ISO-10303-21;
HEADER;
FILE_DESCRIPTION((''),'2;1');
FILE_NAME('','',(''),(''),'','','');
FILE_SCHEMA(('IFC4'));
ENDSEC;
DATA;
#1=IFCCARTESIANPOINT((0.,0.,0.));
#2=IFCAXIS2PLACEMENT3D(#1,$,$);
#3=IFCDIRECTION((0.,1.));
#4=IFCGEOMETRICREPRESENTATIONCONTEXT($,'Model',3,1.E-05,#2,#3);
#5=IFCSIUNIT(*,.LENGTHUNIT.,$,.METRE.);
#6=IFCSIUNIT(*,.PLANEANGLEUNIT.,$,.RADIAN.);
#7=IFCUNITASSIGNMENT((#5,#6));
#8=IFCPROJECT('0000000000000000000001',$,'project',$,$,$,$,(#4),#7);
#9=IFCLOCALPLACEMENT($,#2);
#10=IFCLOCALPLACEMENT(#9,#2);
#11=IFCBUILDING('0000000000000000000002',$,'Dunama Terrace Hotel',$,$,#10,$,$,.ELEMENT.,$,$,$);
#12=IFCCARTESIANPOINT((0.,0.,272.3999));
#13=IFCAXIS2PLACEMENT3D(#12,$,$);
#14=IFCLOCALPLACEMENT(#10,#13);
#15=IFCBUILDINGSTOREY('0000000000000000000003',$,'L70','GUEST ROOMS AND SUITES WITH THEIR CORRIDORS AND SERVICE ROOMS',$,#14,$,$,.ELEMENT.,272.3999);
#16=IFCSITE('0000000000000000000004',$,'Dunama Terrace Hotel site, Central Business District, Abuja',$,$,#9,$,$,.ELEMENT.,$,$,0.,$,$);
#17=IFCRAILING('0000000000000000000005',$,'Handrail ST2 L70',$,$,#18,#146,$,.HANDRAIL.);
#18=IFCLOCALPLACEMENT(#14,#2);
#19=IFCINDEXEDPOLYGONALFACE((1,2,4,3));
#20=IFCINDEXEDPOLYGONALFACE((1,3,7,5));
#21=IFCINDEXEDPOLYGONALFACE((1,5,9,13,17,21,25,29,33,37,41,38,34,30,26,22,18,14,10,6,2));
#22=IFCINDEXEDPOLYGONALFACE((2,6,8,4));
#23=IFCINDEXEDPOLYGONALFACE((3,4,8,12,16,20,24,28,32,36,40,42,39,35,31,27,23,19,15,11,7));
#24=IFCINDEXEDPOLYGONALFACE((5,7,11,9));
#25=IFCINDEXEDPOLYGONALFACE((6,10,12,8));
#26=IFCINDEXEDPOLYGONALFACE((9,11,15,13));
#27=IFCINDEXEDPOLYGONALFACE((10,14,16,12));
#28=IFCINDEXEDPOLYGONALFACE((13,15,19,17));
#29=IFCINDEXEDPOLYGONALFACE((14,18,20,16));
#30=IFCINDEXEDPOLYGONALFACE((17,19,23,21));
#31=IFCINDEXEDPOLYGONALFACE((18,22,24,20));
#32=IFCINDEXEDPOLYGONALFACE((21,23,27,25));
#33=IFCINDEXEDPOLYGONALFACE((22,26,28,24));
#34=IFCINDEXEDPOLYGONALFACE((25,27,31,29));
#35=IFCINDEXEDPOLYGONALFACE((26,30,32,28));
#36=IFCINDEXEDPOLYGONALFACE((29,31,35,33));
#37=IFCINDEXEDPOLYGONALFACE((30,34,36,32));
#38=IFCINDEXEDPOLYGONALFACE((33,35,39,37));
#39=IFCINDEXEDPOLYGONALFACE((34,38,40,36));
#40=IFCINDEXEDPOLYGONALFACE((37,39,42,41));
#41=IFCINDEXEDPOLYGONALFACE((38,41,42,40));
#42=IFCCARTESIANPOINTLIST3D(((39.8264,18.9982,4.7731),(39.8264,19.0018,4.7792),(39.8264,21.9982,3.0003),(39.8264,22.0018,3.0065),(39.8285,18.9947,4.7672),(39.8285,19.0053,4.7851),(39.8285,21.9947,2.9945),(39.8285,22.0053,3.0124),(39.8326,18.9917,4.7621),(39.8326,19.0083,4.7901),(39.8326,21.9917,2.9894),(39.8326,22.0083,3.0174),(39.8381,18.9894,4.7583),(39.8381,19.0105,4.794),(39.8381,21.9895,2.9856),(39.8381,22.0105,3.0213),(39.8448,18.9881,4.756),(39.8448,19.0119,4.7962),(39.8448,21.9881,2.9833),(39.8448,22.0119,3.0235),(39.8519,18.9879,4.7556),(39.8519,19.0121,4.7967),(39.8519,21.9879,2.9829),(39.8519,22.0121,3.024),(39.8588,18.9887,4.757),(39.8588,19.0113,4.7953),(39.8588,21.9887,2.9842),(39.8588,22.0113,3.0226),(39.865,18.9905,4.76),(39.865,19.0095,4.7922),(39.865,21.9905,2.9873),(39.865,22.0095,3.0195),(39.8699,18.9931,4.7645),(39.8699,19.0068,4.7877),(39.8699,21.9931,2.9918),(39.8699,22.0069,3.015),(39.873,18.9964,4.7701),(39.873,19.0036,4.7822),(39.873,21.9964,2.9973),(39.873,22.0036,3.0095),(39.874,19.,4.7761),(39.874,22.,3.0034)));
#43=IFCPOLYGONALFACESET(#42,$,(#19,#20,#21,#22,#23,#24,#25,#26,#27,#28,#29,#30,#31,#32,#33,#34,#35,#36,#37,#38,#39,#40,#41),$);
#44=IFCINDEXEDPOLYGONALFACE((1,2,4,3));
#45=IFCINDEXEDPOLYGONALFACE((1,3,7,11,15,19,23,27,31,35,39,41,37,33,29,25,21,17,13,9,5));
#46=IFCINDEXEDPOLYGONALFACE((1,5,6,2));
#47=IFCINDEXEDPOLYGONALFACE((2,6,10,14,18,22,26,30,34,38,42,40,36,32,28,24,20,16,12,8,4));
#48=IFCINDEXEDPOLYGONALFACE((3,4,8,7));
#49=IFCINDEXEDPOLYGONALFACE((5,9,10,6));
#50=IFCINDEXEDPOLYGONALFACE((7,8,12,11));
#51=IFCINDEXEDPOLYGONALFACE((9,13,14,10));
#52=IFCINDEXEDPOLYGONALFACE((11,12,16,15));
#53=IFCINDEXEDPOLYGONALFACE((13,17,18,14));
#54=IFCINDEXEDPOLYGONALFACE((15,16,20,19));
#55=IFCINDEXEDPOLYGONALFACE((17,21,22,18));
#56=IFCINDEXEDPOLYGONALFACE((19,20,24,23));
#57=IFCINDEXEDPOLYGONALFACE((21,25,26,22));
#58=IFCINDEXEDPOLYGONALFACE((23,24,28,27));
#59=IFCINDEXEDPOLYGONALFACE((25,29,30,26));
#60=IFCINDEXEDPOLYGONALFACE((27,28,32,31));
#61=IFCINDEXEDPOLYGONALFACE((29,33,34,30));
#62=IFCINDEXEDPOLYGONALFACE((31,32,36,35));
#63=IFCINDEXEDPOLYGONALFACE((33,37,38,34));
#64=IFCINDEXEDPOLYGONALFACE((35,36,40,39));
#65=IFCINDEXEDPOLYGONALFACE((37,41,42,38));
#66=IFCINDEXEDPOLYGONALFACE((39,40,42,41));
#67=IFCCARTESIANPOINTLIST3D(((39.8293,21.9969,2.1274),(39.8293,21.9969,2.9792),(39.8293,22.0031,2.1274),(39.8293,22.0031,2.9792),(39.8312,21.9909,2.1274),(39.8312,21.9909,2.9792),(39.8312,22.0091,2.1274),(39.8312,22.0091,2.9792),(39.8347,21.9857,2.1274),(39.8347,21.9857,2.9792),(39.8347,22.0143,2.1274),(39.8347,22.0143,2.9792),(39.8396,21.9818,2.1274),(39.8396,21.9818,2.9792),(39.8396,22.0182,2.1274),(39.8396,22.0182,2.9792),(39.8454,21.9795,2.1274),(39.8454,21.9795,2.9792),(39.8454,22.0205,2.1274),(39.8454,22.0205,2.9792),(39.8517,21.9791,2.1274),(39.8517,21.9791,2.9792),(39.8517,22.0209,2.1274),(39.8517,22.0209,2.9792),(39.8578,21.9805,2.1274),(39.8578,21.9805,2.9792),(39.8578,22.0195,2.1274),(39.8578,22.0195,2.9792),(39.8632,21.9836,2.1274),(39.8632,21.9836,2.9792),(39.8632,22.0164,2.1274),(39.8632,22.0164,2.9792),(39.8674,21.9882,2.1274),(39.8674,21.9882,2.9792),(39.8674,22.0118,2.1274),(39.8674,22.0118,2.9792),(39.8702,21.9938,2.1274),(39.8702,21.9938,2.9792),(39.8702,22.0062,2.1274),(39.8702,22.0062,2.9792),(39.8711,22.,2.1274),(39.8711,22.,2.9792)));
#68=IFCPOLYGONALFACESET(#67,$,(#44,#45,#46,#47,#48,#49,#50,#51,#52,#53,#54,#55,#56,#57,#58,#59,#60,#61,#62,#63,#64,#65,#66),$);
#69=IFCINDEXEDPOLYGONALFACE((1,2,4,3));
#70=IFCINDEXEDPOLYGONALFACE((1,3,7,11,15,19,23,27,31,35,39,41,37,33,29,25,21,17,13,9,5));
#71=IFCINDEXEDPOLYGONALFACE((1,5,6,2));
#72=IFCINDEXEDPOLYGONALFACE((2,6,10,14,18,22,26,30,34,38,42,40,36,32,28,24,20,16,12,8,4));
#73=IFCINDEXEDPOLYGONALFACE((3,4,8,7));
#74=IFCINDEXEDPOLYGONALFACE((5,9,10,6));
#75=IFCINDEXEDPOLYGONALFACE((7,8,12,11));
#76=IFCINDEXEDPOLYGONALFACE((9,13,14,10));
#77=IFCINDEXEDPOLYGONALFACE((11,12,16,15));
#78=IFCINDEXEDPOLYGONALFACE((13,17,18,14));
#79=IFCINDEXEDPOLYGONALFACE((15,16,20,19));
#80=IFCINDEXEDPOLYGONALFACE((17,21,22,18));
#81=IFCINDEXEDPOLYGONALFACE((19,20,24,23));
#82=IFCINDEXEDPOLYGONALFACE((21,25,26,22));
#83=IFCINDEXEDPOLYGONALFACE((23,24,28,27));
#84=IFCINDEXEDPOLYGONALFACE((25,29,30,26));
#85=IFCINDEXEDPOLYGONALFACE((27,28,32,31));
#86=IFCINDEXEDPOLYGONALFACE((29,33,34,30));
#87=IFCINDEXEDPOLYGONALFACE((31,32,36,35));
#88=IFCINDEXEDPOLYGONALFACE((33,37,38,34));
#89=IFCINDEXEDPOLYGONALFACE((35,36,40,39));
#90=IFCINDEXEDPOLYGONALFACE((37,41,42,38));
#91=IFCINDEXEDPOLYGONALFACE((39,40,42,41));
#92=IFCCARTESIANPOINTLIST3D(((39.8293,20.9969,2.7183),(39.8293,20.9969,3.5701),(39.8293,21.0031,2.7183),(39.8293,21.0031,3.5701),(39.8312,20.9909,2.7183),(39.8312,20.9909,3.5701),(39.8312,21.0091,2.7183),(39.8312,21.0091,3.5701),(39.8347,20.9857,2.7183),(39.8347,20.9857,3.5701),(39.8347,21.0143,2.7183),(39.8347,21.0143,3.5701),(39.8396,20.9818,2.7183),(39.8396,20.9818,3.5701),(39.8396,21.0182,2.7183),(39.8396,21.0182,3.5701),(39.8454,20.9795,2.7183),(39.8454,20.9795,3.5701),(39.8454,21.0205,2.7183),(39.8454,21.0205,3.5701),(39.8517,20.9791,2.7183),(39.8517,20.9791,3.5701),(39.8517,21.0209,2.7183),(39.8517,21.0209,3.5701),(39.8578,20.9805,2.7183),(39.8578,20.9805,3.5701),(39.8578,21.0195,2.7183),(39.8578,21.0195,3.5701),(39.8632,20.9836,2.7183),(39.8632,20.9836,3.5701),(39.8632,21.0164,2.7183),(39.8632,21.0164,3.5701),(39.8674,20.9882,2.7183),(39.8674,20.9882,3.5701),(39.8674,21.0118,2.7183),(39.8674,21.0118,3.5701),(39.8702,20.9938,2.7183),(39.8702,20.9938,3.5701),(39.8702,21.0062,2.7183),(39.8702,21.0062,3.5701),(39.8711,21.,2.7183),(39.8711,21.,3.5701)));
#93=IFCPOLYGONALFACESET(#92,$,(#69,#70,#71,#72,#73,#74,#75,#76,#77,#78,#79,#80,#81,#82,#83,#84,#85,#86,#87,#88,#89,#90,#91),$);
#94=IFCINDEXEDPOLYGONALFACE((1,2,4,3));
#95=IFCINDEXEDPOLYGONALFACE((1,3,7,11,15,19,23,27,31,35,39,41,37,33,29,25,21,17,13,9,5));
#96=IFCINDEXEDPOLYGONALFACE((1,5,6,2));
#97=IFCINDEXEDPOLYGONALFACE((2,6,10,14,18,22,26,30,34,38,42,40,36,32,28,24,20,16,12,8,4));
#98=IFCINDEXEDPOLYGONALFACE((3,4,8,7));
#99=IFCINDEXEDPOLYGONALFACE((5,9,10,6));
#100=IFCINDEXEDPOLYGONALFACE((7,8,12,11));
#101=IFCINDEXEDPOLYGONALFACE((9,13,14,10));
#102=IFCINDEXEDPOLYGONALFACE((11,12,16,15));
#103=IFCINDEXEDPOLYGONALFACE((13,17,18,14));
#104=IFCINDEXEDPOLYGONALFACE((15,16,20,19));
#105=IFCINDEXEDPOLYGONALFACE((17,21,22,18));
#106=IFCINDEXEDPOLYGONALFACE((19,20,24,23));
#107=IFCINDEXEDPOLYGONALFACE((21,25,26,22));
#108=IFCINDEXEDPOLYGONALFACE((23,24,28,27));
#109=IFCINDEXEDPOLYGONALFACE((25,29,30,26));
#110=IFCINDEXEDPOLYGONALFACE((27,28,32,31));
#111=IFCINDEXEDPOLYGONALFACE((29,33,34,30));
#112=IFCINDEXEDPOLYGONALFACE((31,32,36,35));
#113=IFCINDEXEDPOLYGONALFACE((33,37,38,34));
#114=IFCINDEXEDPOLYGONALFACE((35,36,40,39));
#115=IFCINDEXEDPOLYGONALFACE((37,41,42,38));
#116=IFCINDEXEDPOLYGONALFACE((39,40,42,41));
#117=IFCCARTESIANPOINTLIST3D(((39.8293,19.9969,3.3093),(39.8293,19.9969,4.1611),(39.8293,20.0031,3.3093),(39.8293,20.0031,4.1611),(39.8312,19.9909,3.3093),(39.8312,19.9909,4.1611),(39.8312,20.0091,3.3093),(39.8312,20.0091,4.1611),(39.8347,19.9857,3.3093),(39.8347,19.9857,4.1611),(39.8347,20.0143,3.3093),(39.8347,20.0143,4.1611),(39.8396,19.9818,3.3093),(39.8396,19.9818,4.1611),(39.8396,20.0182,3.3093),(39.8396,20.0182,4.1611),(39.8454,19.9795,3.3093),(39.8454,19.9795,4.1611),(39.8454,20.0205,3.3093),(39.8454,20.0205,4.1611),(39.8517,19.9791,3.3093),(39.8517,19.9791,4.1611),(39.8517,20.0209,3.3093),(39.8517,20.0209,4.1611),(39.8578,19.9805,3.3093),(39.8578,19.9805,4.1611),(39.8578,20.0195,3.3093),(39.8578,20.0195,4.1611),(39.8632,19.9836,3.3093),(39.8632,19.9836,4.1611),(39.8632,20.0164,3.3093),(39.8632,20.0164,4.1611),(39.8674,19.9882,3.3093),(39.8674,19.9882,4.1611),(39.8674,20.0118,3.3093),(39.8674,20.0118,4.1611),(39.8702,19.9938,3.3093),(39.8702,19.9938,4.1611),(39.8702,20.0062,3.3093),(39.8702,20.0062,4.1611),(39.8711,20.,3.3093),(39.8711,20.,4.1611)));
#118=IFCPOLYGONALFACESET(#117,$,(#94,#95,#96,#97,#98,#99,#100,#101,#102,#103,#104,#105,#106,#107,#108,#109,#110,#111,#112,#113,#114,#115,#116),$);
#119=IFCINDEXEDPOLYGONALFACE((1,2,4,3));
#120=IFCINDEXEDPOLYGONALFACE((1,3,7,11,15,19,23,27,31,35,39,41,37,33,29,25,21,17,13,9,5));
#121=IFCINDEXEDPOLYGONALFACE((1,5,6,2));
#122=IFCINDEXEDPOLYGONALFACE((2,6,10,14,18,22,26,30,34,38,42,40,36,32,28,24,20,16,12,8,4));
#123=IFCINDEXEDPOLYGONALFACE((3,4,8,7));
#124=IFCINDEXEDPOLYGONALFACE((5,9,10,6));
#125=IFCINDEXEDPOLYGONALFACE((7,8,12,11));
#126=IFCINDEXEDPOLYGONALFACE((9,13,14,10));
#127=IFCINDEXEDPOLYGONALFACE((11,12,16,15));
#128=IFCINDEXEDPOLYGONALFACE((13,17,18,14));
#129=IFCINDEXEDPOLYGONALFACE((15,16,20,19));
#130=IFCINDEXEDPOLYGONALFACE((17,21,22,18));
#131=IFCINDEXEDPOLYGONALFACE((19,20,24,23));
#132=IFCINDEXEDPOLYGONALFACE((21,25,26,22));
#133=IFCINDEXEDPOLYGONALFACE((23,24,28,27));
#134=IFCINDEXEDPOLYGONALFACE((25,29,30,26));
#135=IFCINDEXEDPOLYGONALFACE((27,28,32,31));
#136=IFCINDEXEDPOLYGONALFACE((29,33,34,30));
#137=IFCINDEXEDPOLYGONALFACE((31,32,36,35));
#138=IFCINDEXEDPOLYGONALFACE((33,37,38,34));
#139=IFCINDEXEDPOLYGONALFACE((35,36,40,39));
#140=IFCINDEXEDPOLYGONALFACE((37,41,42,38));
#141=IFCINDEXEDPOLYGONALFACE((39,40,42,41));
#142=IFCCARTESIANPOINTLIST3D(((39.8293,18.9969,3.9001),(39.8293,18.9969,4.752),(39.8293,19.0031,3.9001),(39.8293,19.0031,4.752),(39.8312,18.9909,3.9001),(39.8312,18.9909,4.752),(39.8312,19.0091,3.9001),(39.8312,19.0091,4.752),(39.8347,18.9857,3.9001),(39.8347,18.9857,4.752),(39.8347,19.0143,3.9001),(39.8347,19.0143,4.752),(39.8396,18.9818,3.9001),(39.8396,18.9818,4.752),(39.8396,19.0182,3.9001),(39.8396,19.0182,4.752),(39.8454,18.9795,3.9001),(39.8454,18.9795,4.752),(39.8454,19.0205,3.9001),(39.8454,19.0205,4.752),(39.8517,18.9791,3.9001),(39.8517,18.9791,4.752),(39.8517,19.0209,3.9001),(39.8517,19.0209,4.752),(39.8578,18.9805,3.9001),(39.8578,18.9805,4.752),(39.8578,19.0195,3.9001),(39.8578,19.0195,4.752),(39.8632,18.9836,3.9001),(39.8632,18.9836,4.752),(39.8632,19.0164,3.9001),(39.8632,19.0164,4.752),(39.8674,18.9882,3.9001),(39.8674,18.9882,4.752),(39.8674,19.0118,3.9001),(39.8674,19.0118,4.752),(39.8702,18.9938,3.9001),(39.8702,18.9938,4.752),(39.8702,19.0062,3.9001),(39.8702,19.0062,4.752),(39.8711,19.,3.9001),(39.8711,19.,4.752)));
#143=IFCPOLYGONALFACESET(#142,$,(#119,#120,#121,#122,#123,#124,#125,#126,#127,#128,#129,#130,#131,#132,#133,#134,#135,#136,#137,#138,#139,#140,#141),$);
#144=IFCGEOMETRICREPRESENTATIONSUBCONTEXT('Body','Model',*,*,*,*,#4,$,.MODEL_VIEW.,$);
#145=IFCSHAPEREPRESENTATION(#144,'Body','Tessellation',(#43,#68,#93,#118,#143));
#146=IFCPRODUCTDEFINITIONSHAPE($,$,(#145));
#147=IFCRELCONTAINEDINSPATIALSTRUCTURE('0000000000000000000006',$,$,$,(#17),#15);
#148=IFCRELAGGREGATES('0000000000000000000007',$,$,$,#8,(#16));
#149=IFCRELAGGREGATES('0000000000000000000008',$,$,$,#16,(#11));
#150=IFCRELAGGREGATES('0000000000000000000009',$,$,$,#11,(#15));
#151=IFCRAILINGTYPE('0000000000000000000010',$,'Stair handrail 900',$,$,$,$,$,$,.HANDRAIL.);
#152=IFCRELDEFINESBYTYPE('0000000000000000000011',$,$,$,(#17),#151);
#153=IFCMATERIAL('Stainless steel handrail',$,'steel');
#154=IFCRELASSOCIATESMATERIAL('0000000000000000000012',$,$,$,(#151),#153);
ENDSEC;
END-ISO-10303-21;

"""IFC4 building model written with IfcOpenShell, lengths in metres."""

from ifc_helpers import new_model, si_unit, direction, frame, origin, origin_2d, place, context, subcontext, project, spatial, circle, extrude, material, type_object, element, save


model = new_model("IFC4")

# Units and contexts
model_context = context("Model", 3, precision=1e-05, world=origin(), true_north=direction((0.0, 1.0)))
body_context = subcontext(model_context, "Body", "Model", "MODEL_VIEW")
ifc_project = project(units=[si_unit("LENGTHUNIT", "METRE"), si_unit("PLANEANGLEUNIT", "RADIAN")], contexts=[model_context])

# Site, building, storey
site_placement = place(None, origin())
site = spatial("IfcSite", under=ifc_project, at=site_placement, Name="Dunama Terrace Hotel site, Central Business District, Abuja", CompositionType="ELEMENT", RefElevation=0.0)
building_placement = place(site_placement, origin())
building = spatial("IfcBuilding", under=site, at=building_placement, Name="Dunama Terrace Hotel", CompositionType="ELEMENT")
storey_placement = place(building_placement, frame((0.0, 0.0, 272.3999)))
storey = spatial("IfcBuildingStorey", under=building, at=storey_placement, Name="L70", Description="GUEST ROOMS AND SUITES WITH THEIR CORRIDORS AND SERVICE ROOMS", CompositionType="ELEMENT", Elevation=272.3999)

# Railing
ifc_material_1 = material(Name="Stainless steel handrail", Category="steel")
railing_type_1 = type_object("IfcRailingType", Name="Stair handrail 900", PredefinedType="HANDRAIL", material=ifc_material_1)
railing_1_placement = place(storey_placement, frame((39.8501, 22.0, 2.1274)))
element("IfcRailing", 1, at=railing_1_placement, inside=storey, type_object=railing_type_1, Name="Handrail ST2 L70", PredefinedType="HANDRAIL", context=body_context, shape_type="SweptSolid", body=[
    extrude(circle(Radius=0.0239, at=origin_2d()), frame((0.0, 0.0, 0.876), z_axis=(0.0, -0.860929, 0.508725), x_axis=(1.0, 0.0, 0.0)), (0.0, 0.0, 1.0), 3.4846),
    extrude(circle(Radius=0.021, at=origin_2d()), origin(), (0.0, 0.0, 1.0), 0.8518),
    extrude(circle(Radius=0.021, at=origin_2d()), frame((0.0, -1.0, 0.5908)), (0.0, 0.0, 1.0), 0.8518),
    extrude(circle(Radius=0.021, at=origin_2d()), frame((0.0, -2.0, 1.1819)), (0.0, 0.0, 1.0), 0.8518),
    extrude(circle(Radius=0.021, at=origin_2d()), frame((0.0, -3.0, 1.7727)), (0.0, 0.0, 1.0), 0.8518),
])

save(model, "model.ifc")
